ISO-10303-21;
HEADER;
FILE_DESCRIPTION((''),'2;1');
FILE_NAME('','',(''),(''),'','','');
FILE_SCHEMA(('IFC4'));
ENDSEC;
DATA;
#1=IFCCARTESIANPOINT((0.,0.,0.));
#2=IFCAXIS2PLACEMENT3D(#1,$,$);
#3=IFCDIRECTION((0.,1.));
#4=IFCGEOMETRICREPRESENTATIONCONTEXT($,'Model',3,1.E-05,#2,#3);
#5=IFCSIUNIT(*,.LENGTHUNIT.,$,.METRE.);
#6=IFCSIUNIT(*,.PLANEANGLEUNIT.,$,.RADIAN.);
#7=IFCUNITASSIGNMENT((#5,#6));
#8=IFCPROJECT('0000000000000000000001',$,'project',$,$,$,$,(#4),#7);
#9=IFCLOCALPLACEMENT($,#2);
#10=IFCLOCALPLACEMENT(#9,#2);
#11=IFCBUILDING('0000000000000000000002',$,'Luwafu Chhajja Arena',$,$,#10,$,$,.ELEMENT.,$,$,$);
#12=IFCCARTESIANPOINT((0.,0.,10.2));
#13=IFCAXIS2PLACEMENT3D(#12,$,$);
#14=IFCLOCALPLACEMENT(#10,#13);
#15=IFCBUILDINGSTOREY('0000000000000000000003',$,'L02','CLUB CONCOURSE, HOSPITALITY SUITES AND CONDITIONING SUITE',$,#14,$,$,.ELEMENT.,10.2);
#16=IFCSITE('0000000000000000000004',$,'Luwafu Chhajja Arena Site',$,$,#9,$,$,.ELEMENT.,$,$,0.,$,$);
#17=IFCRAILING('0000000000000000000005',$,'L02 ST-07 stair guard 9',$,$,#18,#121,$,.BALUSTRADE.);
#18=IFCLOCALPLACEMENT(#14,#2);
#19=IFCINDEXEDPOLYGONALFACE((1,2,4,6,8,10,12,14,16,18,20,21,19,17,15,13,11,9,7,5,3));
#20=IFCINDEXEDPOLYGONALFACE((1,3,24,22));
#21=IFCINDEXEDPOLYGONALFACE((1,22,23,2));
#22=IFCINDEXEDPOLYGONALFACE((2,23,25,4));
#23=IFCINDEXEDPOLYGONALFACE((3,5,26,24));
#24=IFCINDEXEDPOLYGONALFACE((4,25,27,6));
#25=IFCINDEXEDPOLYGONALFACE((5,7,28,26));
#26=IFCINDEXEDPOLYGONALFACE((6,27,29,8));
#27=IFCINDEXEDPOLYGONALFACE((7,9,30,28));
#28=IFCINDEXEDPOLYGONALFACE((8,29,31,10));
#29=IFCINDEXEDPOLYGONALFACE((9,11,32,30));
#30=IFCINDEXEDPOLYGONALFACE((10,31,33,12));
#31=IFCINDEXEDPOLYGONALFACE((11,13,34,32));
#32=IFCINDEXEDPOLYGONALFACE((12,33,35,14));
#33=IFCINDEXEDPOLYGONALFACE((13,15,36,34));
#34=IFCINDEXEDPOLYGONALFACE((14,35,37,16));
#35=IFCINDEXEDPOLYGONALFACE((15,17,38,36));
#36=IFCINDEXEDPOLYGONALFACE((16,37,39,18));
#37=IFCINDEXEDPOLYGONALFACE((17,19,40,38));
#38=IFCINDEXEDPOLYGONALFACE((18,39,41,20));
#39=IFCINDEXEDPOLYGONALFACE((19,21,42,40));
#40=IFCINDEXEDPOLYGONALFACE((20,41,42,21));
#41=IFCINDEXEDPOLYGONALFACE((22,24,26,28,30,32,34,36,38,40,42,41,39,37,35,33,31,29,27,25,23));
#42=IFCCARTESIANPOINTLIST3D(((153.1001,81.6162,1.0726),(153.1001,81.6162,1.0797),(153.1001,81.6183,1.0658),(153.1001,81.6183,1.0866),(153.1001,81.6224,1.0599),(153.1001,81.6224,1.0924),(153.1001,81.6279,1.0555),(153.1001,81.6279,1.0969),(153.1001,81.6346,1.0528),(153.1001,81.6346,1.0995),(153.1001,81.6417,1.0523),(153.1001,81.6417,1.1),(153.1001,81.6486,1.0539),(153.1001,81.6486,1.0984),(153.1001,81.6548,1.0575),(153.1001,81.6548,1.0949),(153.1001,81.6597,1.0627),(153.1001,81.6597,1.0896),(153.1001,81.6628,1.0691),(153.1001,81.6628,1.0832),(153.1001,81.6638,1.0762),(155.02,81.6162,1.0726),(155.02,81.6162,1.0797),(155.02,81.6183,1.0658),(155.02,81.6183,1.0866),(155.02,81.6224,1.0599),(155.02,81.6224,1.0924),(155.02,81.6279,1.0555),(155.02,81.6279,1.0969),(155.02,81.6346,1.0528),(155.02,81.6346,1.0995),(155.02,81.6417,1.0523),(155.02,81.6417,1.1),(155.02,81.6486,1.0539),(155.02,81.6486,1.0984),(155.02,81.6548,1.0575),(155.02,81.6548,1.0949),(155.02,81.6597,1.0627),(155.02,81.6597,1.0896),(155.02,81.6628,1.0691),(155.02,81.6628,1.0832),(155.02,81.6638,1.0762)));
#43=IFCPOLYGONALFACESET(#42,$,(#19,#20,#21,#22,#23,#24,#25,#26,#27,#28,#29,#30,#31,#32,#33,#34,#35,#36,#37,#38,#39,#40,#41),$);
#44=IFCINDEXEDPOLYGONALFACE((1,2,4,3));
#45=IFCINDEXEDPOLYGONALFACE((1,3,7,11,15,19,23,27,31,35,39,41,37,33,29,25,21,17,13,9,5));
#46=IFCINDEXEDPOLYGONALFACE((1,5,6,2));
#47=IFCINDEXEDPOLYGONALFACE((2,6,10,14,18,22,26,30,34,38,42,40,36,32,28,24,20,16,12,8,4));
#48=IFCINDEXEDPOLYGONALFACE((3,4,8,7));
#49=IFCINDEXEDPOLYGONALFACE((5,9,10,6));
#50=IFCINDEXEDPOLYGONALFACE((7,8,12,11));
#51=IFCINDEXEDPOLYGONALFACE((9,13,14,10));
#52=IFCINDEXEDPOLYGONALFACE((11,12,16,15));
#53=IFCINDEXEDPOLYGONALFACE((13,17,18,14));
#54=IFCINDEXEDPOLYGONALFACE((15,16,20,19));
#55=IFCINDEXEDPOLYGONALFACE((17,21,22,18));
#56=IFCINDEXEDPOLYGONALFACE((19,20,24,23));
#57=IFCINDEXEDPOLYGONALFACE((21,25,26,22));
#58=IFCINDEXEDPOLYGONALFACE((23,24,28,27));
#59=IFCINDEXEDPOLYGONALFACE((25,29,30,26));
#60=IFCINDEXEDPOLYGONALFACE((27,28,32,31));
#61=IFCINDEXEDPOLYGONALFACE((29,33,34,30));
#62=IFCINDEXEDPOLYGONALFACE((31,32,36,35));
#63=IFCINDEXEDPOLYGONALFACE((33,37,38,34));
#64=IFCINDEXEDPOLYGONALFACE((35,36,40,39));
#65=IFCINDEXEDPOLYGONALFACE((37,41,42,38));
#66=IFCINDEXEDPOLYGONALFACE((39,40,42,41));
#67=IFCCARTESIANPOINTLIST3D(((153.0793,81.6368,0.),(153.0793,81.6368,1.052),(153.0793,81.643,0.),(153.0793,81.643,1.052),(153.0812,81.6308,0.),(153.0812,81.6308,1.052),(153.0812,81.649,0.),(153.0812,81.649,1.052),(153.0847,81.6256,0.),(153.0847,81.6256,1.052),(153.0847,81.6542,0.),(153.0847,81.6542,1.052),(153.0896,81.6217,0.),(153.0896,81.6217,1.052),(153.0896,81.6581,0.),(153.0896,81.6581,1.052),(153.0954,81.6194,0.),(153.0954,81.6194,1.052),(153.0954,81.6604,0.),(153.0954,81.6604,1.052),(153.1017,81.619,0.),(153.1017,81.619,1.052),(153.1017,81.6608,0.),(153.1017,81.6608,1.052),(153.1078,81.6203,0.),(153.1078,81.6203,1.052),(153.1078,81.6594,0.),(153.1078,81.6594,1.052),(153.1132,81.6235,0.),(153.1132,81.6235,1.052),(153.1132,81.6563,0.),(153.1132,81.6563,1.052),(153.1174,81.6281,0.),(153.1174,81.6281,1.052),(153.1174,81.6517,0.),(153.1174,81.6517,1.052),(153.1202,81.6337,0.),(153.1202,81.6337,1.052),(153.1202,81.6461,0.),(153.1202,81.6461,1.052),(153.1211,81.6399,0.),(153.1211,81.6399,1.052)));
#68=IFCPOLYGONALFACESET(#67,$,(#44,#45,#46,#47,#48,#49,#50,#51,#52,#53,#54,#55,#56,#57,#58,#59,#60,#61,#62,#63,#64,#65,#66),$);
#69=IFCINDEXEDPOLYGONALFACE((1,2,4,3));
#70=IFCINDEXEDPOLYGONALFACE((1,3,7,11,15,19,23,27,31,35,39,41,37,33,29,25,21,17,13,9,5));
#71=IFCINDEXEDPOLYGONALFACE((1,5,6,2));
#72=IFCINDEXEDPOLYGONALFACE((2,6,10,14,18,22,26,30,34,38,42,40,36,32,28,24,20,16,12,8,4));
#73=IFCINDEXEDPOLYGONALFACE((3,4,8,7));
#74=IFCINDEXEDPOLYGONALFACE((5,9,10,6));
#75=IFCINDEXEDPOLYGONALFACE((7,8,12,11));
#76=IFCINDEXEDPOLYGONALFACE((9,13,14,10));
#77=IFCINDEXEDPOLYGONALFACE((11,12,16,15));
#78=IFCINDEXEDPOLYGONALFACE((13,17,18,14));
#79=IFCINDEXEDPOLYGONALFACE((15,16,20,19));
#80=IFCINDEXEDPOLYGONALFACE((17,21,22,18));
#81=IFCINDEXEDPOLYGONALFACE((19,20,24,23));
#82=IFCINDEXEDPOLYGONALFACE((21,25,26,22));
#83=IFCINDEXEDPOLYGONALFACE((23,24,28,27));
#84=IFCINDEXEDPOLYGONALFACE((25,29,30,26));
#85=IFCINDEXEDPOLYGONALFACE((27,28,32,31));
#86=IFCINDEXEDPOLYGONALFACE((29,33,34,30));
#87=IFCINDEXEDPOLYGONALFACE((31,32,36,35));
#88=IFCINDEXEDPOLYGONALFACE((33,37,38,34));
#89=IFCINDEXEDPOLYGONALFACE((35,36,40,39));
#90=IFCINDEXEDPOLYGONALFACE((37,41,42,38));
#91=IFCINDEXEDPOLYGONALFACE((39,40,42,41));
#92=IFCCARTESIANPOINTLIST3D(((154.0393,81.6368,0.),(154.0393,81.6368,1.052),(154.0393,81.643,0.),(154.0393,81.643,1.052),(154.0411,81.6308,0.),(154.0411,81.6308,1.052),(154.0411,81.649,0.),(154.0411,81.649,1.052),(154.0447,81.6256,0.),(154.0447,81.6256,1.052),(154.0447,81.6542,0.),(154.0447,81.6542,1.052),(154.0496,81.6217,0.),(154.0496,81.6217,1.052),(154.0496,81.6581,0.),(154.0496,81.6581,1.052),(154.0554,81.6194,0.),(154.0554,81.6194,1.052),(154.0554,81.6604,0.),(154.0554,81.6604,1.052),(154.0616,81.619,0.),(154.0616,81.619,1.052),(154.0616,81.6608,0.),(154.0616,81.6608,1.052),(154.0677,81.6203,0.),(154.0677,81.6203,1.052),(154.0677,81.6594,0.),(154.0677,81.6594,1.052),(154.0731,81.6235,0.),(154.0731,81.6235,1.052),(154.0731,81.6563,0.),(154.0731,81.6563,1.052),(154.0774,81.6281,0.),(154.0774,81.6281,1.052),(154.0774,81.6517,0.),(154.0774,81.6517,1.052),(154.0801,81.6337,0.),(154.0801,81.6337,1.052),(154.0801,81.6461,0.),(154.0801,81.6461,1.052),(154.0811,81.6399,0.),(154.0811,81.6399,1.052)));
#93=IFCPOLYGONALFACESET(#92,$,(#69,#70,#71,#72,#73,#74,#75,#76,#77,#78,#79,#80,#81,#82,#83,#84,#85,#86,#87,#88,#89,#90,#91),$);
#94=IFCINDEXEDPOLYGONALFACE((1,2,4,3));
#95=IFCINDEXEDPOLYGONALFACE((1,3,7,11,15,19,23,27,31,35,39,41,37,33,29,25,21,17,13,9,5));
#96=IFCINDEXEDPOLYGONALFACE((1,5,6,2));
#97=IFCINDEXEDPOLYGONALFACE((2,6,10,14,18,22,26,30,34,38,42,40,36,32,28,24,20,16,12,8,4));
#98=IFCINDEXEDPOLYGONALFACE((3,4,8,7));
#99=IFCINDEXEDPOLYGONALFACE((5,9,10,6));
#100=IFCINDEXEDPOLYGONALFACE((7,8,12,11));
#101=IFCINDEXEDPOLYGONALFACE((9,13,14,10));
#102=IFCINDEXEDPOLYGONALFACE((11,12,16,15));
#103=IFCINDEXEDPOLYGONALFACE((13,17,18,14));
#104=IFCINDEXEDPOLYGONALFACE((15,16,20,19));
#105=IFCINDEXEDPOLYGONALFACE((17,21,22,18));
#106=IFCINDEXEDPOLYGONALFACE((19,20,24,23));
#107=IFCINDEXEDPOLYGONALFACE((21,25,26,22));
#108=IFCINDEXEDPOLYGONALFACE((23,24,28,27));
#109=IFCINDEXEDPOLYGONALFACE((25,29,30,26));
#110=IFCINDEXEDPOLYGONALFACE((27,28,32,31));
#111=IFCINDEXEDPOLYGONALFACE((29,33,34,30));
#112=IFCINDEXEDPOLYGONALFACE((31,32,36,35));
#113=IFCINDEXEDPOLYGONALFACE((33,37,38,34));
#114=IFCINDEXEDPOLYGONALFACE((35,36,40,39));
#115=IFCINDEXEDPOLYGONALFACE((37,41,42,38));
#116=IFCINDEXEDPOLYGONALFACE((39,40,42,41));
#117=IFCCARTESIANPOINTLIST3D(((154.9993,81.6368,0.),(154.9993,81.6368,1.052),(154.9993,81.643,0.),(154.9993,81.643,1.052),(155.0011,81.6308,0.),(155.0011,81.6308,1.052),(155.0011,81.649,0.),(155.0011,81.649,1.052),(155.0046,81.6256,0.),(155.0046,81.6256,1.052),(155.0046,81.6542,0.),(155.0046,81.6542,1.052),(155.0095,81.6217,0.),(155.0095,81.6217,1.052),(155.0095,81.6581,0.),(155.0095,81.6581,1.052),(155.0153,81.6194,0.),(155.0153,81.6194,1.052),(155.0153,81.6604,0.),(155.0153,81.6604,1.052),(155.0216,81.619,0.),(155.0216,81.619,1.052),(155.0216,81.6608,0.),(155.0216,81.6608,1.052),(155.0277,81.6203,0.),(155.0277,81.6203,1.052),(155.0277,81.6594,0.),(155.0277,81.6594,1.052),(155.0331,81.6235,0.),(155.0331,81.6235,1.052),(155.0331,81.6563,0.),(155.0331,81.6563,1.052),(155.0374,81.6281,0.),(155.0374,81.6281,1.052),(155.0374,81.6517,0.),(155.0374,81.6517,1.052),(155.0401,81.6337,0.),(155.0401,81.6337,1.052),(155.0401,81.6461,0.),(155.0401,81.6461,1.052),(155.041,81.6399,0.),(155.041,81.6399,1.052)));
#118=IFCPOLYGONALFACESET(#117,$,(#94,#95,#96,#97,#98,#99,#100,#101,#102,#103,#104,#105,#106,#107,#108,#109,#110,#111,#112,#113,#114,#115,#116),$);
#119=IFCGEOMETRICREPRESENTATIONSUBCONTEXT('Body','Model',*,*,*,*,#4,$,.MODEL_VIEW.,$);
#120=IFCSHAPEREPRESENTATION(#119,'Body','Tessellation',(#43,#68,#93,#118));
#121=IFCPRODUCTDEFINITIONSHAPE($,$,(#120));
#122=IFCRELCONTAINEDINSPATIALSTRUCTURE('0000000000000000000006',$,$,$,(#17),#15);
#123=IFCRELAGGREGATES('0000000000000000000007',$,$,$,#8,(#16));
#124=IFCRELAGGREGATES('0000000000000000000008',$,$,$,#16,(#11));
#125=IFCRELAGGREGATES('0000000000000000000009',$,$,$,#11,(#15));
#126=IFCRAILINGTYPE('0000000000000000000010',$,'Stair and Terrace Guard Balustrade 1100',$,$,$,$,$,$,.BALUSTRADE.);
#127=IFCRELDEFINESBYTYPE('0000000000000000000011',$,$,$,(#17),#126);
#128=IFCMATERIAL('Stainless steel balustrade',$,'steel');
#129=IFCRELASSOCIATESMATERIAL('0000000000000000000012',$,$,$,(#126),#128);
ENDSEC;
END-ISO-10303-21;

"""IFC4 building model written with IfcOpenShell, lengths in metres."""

from ifc_helpers import new_model, si_unit, direction, frame, origin, origin_2d, place, context, subcontext, project, spatial, circle, extrude, material, type_object, element, save


model = new_model("IFC4")

# Units and contexts
model_context = context("Model", 3, precision=1e-05, world=origin(), true_north=direction((0.0, 1.0)))
body_context = subcontext(model_context, "Body", "Model", "MODEL_VIEW")
ifc_project = project(units=[si_unit("LENGTHUNIT", "METRE"), si_unit("PLANEANGLEUNIT", "RADIAN")], contexts=[model_context])

# Site, building, storey
site_placement = place(None, origin())
site = spatial("IfcSite", under=ifc_project, at=site_placement, Name="Luwafu Chhajja Arena Site", CompositionType="ELEMENT", RefElevation=0.0)
building_placement = place(site_placement, origin())
building = spatial("IfcBuilding", under=site, at=building_placement, Name="Luwafu Chhajja Arena", CompositionType="ELEMENT")
storey_placement = place(building_placement, frame((0.0, 0.0, 10.2)))
storey = spatial("IfcBuildingStorey", under=building, at=storey_placement, Name="L02", Description="CLUB CONCOURSE, HOSPITALITY SUITES AND CONDITIONING SUITE", CompositionType="ELEMENT", Elevation=10.2)

# Railing
ifc_material_1 = material(Name="Stainless steel balustrade", Category="steel")
railing_type_1 = type_object("IfcRailingType", Name="Stair and Terrace Guard Balustrade 1100", PredefinedType="BALUSTRADE", material=ifc_material_1)
for number, where, name in (
    (1, (153.1001, 81.6399, 0.0), "L02 ST-07 stair guard 9"),
):
    element("IfcRailing", number, at=place(storey_placement, frame(where)), inside=storey, type_object=railing_type_1, Name=name, PredefinedType="BALUSTRADE", context=body_context, shape_type="SweptSolid", body=[
        extrude(circle(Radius=0.0239, at=origin_2d()), frame((0.0, 0.0, 1.0762), z_axis=(1.0, 0.0, 0.0), x_axis=(0.0, 1.0, 0.0)), (0.0, 0.0, 1.0), 1.9199),
        extrude(circle(Radius=0.021, at=origin_2d()), origin(), (0.0, 0.0, 1.0), 1.052),
        extrude(circle(Radius=0.021, at=origin_2d()), frame((0.96, 0.0, 0.0)), (0.0, 0.0, 1.0), 1.052),
        extrude(circle(Radius=0.021, at=origin_2d()), frame((1.9199, 0.0, 0.0)), (0.0, 0.0, 1.0), 1.052),
    ])

save(model, "model.ifc")
